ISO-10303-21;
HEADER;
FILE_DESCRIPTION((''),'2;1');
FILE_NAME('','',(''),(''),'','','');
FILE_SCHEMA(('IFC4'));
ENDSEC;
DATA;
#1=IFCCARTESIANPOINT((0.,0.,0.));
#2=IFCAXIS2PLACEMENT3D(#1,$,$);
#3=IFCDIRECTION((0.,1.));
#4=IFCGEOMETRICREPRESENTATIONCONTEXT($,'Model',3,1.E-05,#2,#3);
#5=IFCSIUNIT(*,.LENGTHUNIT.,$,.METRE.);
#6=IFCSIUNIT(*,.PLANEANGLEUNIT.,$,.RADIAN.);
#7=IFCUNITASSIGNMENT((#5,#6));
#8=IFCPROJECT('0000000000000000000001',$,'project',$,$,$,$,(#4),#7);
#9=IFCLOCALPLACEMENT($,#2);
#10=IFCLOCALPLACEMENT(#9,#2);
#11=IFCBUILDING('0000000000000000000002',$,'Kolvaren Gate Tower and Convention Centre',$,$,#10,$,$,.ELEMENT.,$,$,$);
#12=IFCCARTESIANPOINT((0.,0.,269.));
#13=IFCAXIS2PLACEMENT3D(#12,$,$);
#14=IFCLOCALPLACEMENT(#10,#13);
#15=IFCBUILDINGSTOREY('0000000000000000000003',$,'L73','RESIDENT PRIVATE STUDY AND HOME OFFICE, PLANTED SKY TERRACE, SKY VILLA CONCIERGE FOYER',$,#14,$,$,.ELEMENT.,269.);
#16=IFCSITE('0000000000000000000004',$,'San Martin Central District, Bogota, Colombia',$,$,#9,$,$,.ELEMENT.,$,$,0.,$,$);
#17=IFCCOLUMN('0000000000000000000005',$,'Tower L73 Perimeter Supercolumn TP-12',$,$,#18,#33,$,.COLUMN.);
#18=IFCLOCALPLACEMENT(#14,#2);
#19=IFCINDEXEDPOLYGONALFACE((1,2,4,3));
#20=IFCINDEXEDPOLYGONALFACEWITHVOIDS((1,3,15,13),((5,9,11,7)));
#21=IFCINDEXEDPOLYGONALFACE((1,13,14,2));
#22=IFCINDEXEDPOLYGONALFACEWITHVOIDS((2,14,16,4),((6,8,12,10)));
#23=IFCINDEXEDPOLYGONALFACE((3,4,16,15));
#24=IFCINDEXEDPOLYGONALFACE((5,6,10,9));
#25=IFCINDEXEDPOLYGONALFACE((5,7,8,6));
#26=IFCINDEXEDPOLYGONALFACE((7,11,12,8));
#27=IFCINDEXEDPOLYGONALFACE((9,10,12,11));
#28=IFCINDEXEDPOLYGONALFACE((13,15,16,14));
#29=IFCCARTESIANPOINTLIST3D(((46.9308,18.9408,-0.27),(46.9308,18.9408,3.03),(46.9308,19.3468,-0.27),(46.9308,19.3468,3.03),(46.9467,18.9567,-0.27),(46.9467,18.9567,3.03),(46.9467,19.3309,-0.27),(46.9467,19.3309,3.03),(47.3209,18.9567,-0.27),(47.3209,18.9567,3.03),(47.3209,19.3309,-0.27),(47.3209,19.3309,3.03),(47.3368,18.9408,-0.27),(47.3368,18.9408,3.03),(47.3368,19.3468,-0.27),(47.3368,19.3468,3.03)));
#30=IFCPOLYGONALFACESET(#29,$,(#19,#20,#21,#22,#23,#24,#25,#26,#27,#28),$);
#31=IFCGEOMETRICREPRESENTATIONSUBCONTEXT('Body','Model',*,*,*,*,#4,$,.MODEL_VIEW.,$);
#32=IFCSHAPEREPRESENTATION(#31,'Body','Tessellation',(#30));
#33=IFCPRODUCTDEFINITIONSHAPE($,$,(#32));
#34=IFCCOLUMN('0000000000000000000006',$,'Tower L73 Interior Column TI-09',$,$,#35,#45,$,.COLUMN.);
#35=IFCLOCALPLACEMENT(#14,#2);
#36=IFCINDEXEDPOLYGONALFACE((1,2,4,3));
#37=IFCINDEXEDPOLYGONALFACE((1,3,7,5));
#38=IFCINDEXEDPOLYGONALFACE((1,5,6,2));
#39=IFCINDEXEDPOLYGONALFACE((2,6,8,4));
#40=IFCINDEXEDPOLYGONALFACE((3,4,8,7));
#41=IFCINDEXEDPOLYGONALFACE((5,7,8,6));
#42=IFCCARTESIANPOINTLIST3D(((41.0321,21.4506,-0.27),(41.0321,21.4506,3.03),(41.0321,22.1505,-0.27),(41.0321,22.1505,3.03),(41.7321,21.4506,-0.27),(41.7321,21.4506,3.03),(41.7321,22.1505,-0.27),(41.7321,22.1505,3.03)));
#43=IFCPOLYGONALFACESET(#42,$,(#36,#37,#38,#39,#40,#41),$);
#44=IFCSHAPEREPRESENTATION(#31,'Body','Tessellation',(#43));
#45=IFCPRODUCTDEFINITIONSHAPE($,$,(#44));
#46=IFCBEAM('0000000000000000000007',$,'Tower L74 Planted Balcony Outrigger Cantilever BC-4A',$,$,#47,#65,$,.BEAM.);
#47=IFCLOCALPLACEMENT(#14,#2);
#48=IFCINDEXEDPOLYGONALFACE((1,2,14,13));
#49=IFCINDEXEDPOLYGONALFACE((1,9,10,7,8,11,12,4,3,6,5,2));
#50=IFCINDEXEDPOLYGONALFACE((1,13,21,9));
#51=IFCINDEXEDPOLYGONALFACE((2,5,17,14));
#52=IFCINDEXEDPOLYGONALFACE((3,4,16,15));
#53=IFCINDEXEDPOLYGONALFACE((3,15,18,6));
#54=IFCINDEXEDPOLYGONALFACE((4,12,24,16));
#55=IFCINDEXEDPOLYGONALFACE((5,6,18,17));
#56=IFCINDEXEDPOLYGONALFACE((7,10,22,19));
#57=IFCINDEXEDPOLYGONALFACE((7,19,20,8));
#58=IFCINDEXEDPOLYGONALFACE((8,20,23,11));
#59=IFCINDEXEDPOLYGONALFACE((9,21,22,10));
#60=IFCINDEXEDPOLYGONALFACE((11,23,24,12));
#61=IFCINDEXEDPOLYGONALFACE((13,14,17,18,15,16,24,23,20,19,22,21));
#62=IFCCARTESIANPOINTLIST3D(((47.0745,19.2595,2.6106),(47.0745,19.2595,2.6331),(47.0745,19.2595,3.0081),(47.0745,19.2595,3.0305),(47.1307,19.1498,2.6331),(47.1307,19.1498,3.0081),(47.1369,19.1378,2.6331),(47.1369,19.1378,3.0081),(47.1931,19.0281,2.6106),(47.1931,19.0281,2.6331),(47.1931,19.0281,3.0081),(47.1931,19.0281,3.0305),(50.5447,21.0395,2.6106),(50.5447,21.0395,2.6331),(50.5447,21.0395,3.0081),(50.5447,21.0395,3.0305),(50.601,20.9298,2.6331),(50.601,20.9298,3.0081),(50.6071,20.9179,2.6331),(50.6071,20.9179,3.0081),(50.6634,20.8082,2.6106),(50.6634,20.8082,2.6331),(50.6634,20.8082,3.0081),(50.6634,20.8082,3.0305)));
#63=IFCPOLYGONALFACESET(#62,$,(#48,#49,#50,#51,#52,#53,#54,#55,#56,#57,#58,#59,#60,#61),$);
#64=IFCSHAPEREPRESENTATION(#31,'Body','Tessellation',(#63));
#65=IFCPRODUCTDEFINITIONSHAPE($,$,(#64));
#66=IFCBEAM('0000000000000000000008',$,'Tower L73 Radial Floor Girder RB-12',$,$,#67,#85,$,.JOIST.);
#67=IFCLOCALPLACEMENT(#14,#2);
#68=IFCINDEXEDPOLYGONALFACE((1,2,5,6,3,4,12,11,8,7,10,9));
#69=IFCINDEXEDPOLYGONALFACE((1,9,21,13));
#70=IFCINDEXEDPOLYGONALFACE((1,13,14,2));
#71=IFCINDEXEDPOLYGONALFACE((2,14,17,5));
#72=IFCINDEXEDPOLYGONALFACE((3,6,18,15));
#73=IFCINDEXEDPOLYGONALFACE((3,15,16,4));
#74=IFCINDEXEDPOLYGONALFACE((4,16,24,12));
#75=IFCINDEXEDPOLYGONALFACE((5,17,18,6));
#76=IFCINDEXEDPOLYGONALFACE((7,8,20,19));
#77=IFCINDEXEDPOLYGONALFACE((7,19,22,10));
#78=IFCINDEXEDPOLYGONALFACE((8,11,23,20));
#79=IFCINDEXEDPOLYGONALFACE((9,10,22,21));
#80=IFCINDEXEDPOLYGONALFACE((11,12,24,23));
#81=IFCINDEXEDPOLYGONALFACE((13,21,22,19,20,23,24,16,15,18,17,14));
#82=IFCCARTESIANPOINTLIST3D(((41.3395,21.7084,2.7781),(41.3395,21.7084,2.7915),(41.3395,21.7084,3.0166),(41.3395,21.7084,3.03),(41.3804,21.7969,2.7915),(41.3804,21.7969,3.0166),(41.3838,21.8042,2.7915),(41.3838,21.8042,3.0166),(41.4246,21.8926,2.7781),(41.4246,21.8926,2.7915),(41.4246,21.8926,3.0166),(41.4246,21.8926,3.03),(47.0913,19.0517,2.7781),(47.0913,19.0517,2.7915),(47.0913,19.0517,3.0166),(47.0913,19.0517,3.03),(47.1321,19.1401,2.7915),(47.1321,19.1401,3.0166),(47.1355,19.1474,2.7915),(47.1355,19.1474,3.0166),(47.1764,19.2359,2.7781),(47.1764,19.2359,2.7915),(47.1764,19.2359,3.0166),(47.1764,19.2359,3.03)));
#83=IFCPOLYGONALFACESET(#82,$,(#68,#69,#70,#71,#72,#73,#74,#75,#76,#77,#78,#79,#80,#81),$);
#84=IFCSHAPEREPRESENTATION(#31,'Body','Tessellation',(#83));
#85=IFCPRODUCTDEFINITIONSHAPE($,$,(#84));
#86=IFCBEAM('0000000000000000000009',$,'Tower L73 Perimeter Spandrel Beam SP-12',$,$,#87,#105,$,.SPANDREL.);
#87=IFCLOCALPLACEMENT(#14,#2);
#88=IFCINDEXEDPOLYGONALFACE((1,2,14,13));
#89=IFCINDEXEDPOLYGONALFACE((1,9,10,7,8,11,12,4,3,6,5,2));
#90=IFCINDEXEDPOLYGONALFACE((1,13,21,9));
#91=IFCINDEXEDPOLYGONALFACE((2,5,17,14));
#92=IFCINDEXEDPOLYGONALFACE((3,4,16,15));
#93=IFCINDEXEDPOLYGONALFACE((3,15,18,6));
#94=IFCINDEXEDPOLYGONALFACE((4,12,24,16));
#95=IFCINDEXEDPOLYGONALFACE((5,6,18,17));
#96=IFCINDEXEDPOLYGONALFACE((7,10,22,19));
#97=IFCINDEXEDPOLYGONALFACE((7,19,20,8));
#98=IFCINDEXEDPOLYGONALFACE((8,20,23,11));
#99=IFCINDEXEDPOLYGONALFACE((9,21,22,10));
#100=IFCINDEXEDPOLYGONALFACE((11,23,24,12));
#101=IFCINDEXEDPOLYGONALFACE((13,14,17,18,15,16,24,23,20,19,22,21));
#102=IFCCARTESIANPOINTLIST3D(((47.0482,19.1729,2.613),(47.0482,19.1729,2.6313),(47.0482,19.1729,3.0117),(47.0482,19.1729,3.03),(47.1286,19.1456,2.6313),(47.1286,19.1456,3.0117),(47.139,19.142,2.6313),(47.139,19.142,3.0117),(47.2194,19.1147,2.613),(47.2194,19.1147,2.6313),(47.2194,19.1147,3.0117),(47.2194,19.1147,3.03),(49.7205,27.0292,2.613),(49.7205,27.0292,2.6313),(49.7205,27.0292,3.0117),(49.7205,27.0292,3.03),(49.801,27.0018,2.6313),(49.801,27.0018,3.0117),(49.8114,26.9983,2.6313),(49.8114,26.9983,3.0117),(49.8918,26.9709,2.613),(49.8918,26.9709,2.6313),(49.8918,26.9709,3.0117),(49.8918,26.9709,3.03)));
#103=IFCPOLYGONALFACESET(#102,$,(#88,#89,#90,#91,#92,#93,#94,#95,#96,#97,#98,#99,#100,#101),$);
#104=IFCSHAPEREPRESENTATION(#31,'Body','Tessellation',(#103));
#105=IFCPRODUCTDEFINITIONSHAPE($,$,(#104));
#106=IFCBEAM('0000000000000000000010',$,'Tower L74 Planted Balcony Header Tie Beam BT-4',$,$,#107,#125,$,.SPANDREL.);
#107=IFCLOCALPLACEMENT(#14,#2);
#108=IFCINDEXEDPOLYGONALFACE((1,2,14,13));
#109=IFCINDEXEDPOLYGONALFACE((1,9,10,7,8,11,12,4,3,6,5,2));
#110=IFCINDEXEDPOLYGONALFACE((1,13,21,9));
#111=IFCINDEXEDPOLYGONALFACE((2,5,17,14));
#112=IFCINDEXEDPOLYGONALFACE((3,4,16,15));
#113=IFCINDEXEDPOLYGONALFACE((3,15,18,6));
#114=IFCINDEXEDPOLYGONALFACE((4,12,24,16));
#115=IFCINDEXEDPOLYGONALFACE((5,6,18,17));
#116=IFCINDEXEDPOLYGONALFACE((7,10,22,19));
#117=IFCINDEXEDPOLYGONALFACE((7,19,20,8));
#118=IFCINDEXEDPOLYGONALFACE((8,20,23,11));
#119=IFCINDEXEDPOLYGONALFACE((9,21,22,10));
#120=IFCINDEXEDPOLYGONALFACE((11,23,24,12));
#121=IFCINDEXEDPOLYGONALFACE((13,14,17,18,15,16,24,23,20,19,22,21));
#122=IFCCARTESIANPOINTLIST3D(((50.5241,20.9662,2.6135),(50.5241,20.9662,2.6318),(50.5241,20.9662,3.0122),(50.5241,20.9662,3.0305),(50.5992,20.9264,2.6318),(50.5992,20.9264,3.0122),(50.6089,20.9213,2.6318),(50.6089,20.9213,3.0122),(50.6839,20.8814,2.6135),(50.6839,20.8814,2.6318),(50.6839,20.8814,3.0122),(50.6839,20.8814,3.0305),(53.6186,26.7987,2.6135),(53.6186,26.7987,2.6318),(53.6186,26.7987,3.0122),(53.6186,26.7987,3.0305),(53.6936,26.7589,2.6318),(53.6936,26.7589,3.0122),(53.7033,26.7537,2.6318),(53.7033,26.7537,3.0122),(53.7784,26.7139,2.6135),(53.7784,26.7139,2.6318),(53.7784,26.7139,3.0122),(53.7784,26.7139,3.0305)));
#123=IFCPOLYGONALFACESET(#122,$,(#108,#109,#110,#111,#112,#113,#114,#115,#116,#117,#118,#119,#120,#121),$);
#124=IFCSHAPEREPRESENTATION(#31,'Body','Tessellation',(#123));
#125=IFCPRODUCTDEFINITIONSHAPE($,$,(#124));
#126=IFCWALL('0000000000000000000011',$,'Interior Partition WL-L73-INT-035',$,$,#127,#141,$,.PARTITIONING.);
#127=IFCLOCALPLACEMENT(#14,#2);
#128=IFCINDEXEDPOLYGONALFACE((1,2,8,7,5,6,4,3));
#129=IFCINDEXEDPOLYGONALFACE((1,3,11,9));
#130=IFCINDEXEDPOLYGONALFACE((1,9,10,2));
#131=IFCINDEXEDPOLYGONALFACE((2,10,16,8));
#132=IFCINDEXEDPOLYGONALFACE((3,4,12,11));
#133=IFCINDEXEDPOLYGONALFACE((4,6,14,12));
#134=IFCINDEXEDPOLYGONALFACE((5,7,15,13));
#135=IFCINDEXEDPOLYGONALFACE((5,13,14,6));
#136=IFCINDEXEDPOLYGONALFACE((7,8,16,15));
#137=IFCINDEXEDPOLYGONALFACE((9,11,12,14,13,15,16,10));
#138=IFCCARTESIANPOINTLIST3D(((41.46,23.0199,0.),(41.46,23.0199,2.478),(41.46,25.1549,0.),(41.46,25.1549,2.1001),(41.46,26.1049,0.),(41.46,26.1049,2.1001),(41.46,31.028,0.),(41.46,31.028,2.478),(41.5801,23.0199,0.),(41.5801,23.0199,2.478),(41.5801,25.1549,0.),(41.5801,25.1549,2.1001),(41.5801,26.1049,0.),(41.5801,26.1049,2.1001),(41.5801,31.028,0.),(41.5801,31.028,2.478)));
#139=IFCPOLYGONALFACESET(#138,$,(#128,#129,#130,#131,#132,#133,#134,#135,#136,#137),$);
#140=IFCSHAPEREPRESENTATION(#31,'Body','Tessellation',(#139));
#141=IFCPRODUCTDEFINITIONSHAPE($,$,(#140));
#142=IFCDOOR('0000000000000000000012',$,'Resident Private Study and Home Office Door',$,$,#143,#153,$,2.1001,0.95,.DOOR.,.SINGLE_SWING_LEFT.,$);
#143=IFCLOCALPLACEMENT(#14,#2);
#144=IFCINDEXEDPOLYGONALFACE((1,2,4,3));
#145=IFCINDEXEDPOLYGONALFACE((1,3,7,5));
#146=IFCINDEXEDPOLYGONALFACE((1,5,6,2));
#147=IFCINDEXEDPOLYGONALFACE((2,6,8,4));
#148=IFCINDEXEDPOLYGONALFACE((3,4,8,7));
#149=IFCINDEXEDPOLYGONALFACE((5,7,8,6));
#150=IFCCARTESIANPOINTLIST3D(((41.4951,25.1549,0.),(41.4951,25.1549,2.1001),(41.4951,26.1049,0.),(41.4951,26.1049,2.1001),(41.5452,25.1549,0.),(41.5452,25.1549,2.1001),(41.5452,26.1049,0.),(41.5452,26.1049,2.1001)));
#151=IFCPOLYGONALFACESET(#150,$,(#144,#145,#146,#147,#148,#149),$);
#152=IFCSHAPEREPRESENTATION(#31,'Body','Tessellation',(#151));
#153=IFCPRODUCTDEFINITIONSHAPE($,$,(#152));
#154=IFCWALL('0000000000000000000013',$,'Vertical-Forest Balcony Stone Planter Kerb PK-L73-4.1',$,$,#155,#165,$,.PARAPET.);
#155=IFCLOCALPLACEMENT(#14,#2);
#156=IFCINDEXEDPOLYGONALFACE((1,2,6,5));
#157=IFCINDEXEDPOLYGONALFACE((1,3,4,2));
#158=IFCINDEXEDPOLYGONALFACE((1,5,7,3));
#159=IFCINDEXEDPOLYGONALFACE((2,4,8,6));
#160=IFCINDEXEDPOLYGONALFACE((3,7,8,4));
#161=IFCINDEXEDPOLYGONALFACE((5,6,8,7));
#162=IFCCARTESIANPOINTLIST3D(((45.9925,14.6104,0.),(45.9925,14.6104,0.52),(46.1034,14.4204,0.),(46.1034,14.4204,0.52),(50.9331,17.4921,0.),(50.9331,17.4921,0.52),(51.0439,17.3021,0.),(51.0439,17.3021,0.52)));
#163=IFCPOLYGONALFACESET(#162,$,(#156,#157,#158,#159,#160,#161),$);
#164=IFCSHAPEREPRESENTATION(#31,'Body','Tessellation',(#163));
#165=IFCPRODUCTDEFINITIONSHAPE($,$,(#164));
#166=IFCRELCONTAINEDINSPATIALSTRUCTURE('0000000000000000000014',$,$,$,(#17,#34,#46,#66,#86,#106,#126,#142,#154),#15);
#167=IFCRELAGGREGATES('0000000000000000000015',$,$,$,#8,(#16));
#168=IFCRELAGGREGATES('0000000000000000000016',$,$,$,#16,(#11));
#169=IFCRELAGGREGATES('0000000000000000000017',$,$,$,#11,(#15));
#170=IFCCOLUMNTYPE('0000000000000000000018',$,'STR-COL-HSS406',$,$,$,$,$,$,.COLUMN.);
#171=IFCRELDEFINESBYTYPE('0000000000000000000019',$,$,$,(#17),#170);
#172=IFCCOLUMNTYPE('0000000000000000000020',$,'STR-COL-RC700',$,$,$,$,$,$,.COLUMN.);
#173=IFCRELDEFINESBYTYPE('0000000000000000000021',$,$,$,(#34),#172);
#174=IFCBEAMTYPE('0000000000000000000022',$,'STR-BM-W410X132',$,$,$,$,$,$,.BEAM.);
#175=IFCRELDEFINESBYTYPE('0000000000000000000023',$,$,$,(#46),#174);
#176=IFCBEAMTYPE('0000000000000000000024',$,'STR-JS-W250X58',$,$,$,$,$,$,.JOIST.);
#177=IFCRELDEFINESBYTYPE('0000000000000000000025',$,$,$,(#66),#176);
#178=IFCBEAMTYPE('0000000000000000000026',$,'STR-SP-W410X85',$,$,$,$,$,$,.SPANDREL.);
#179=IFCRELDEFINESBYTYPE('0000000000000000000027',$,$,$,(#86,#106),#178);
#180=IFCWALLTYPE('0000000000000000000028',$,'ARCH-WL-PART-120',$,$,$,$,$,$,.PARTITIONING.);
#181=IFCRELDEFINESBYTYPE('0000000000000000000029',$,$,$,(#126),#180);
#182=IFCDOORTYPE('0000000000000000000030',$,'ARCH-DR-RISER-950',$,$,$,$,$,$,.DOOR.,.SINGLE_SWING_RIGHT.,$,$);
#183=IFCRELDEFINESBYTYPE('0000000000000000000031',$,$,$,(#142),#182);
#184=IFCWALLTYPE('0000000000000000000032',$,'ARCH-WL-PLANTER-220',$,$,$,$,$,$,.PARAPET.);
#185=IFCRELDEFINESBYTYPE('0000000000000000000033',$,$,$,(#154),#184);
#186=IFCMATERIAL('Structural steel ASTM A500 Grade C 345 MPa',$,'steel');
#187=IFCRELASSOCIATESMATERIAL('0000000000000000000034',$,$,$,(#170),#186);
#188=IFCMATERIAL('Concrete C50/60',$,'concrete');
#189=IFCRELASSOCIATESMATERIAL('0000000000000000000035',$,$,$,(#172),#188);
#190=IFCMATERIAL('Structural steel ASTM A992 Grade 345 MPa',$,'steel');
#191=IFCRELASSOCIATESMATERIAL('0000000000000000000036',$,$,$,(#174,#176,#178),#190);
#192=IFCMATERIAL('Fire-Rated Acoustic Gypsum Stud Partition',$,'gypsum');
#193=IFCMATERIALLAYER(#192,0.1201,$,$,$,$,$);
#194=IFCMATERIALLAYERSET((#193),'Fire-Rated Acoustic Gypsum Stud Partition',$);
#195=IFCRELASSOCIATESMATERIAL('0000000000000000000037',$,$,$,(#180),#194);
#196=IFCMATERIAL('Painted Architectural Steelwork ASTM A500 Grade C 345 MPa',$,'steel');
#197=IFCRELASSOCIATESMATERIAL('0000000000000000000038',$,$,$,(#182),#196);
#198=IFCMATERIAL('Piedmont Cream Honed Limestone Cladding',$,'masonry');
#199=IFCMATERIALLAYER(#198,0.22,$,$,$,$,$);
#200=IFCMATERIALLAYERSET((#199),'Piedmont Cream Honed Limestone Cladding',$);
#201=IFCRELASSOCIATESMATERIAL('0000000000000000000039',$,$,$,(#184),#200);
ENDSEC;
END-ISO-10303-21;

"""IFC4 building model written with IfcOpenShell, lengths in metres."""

from ifc_helpers import new_model, si_unit, direction, frame, frame_2d, origin, origin_2d, place, context, subcontext, project, spatial, rectangle, hollow_rectangle, i_section, extrude, material, layer, layer_set, material_profile, profile_set, type_object, element, fill, save


model = new_model("IFC4")

# Units and contexts
model_context = context("Model", 3, precision=1e-05, world=origin(), true_north=direction((0.0, 1.0)))
body_context = subcontext(model_context, "Body", "Model", "MODEL_VIEW")
ifc_project = project(units=[si_unit("LENGTHUNIT", "METRE"), si_unit("PLANEANGLEUNIT", "RADIAN")], contexts=[model_context])

# Site, building, storey
site_placement = place(None, origin())
site = spatial("IfcSite", under=ifc_project, at=site_placement, Name="San Martin Central District, Bogota, Colombia", CompositionType="ELEMENT", RefElevation=0.0)
building_placement = place(site_placement, origin())
building = spatial("IfcBuilding", under=site, at=building_placement, Name="Kolvaren Gate Tower and Convention Centre", CompositionType="ELEMENT")
storey_placement = place(building_placement, frame((0.0, 0.0, 269.0)))
storey = spatial("IfcBuildingStorey", under=building, at=storey_placement, Name="L73", Description="RESIDENT PRIVATE STUDY AND HOME OFFICE, PLANTED SKY TERRACE, SKY VILLA CONCIERGE FOYER", CompositionType="ELEMENT", Elevation=269.0)

# Columns
ifc_material_1 = material(Name="Structural steel ASTM A500 Grade C 345 MPa", Category="steel")
ifc_material_profile_1 = material_profile(ifc_material_1, hollow_rectangle(XDim=0.406, YDim=0.406, WallThickness=0.0159, at=origin_2d()), Name="HSS406X406X15.9")
ifc_profile_set_1 = profile_set([ifc_material_profile_1], Name="Structural steel ASTM A500 Grade C 345 MPa")
column_type_1 = type_object("IfcColumnType", Name="STR-COL-HSS406", PredefinedType="COLUMN", material=ifc_profile_set_1)
column_1_placement = place(storey_placement, frame((47.1338, 19.1438, -0.27), z_axis=(0.0, 0.0, 1.0), x_axis=(1.0, 0.0, 0.0)))
element("IfcColumn", 1, at=column_1_placement, inside=storey, type_object=column_type_1, Name="Tower L73 Perimeter Supercolumn TP-12", PredefinedType="COLUMN", context=body_context, shape_type="SweptSolid", body=[
    extrude(hollow_rectangle(XDim=0.406, YDim=0.406, WallThickness=0.0159, at=origin_2d()), origin(), (0.0, 0.0, 1.0), 3.3),
])
ifc_material_2 = material(Name="Concrete C50/60", Category="concrete")
ifc_material_profile_2 = material_profile(ifc_material_2, rectangle(XDim=0.7, YDim=0.7, at=origin_2d()), Name="RC-COL-700X700")
ifc_profile_set_2 = profile_set([ifc_material_profile_2], Name="Concrete C50/60")
column_type_2 = type_object("IfcColumnType", Name="STR-COL-RC700", PredefinedType="COLUMN", material=ifc_profile_set_2)
column_2_placement = place(storey_placement, frame((41.3821, 21.8005, -0.27), z_axis=(0.0, 0.0, 1.0), x_axis=(1.0, 0.0, 0.0)))
element("IfcColumn", 2, at=column_2_placement, inside=storey, type_object=column_type_2, Name="Tower L73 Interior Column TI-09", PredefinedType="COLUMN", context=body_context, shape_type="SweptSolid", body=[
    extrude(rectangle(XDim=0.7, YDim=0.7, at=origin_2d()), origin(), (0.0, 0.0, 1.0), 3.3),
])

# Beams
ifc_material_3 = material(Name="Structural steel ASTM A992 Grade 345 MPa", Category="steel")
ifc_material_profile_3 = material_profile(ifc_material_3, i_section(OverallWidth=0.26, OverallDepth=0.4199, WebThickness=0.0134, FlangeThickness=0.0225, at=origin_2d()), Name="W410X132")
ifc_profile_set_3 = profile_set([ifc_material_profile_3], Name="Structural steel ASTM A992 Grade 345 MPa")
beam_type_1 = type_object("IfcBeamType", Name="STR-BM-W410X132", PredefinedType="BEAM", material=ifc_profile_set_3)
beam_1_placement = place(storey_placement, frame((47.1338, 19.1438, 2.8206), z_axis=(0.889772, 0.456404, 0.0), x_axis=(-0.456404, 0.889772, 0.0)))
element("IfcBeam", 3, at=beam_1_placement, inside=storey, type_object=beam_type_1, Name="Tower L74 Planted Balcony Outrigger Cantilever BC-4A", PredefinedType="BEAM", context=body_context, shape_type="SweptSolid", body=[
    extrude(i_section(OverallWidth=0.26, OverallDepth=0.4199, WebThickness=0.0134, FlangeThickness=0.0225, at=origin_2d()), origin(), (0.0, 0.0, 1.0), 3.9001),
])
ifc_material_profile_4 = material_profile(ifc_material_3, i_section(OverallWidth=0.2029, OverallDepth=0.252, WebThickness=0.0081, FlangeThickness=0.0134, at=origin_2d()), Name="W250X58")
ifc_profile_set_4 = profile_set([ifc_material_profile_4], Name="Structural steel ASTM A992 Grade 345 MPa")
beam_type_2 = type_object("IfcBeamType", Name="STR-JS-W250X58", PredefinedType="JOIST", material=ifc_profile_set_4)
beam_2_placement = place(storey_placement, frame((41.3821, 21.8005, 2.9041), z_axis=(0.907833, -0.419332, 0.0), x_axis=(0.419332, 0.907833, 0.0)))
element("IfcBeam", 4, at=beam_2_placement, inside=storey, type_object=beam_type_2, Name="Tower L73 Radial Floor Girder RB-12", PredefinedType="JOIST", context=body_context, shape_type="SweptSolid", body=[
    extrude(i_section(OverallWidth=0.2029, OverallDepth=0.252, WebThickness=0.0081, FlangeThickness=0.0134, at=origin_2d()), origin(), (0.0, 0.0, 1.0), 6.3357),
])
ifc_material_profile_5 = material_profile(ifc_material_3, i_section(OverallWidth=0.1809, OverallDepth=0.417, WebThickness=0.011, FlangeThickness=0.0183, at=origin_2d()), Name="W410X85")
ifc_profile_set_5 = profile_set([ifc_material_profile_5], Name="Structural steel ASTM A992 Grade 345 MPa")
beam_type_3 = type_object("IfcBeamType", Name="STR-SP-W410X85", PredefinedType="SPANDREL", material=ifc_profile_set_5)
beam_3_placement = place(storey_placement, frame((47.1338, 19.1438, 2.8215), z_axis=(0.322038, 0.946727, 0.0), x_axis=(-0.946727, 0.322038, 0.0)))
element("IfcBeam", 5, at=beam_3_placement, inside=storey, type_object=beam_type_3, Name="Tower L73 Perimeter Spandrel Beam SP-12", PredefinedType="SPANDREL", context=body_context, shape_type="SweptSolid", body=[
    extrude(i_section(OverallWidth=0.1809, OverallDepth=0.417, WebThickness=0.011, FlangeThickness=0.0183, at=origin_2d()), origin(), (0.0, 0.0, 1.0), 8.2983),
])
beam_4_placement = place(storey_placement, frame((50.604, 20.9238, 2.822), z_axis=(0.468678, 0.883369, 0.0), x_axis=(-0.883369, 0.468678, 0.0)))
element("IfcBeam", 6, at=beam_4_placement, inside=storey, type_object=beam_type_3, Name="Tower L74 Planted Balcony Header Tie Beam BT-4", PredefinedType="SPANDREL", context=body_context, shape_type="SweptSolid", body=[
    extrude(i_section(OverallWidth=0.1809, OverallDepth=0.417, WebThickness=0.011, FlangeThickness=0.0183, at=origin_2d()), origin(), (0.0, 0.0, 1.0), 6.6025),
])

# Wall, opening, door
ifc_material_4 = material(Name="Fire-Rated Acoustic Gypsum Stud Partition", Category="gypsum")
ifc_layer_1 = layer(ifc_material_4, 0.1201)
ifc_layer_set_1 = layer_set([ifc_layer_1], Name="Fire-Rated Acoustic Gypsum Stud Partition")
wall_type_1 = type_object("IfcWallType", Name="ARCH-WL-PART-120", PredefinedType="PARTITIONING", material=ifc_layer_set_1)
wall_1_placement = place(storey_placement, frame((41.52, 23.02, 0.0), z_axis=(0.0, 0.0, 1.0), x_axis=(0.0, 1.0, 0.0)))
wall_1 = element("IfcWall", 7, at=wall_1_placement, inside=storey, type_object=wall_type_1, Name="Interior Partition WL-L73-INT-035", PredefinedType="PARTITIONING", context=body_context, shape_type="SweptSolid", body=[
    extrude(rectangle(XDim=8.0081, YDim=0.1201, at=frame_2d((4.0039, 0.0))), origin(), (0.0, 0.0, 1.0), 2.478),
])
opening_1_placement = place(wall_1_placement, frame((2.1348, 0.0, 0.0)))
opening_1 = element("IfcOpeningElement", 8, at=opening_1_placement, cuts=wall_1, PredefinedType="OPENING", context=body_context, shape_type="SweptSolid", body=[
    extrude(rectangle(XDim=0.95, YDim=2.1001, at=frame_2d((0.4751, 1.05))), frame((0.0, 0.0701, 0.0), z_axis=(0.0, -1.0, 0.0), x_axis=(1.0, 0.0, 0.0)), (0.0, 0.0, 1.0), 0.1401),
])
ifc_material_5 = material(Name="Painted Architectural Steelwork ASTM A500 Grade C 345 MPa", Category="steel")
door_type_1 = type_object("IfcDoorType", Name="ARCH-DR-RISER-950", OperationType="SINGLE_SWING_RIGHT", PredefinedType="DOOR", material=ifc_material_5)
door_1_placement = place(opening_1_placement, origin())
door_1 = element("IfcDoor", 9, at=door_1_placement, inside=storey, type_object=door_type_1, Name="Resident Private Study and Home Office Door", OperationType="SINGLE_SWING_LEFT", OverallHeight=2.1001, OverallWidth=0.95, PredefinedType="DOOR", context=body_context, shape_type="SweptSolid", body=[
    extrude(rectangle(XDim=0.95, YDim=2.1001, at=frame_2d((0.4751, 1.05))), frame((0.0, 0.0249, 0.0), z_axis=(0.0, -1.0, 0.0), x_axis=(1.0, 0.0, 0.0)), (0.0, 0.0, 1.0), 0.05),
])
fill(opening_1, door_1)

# Wall
ifc_material_6 = material(Name="Piedmont Cream Honed Limestone Cladding", Category="masonry")
ifc_layer_2 = layer(ifc_material_6, 0.22)
ifc_layer_set_2 = layer_set([ifc_layer_2], Name="Piedmont Cream Honed Limestone Cladding")
wall_type_2 = type_object("IfcWallType", Name="ARCH-WL-PLANTER-220", PredefinedType="PARAPET", material=ifc_layer_set_2)
wall_2_placement = place(storey_placement, frame((46.0479, 14.5154, 0.0), z_axis=(0.0, 0.0, 1.0), x_axis=(0.863804, 0.503829, 0.0)))
element("IfcWall", 10, at=wall_2_placement, inside=storey, type_object=wall_type_2, Name="Vertical-Forest Balcony Stone Planter Kerb PK-L73-4.1", PredefinedType="PARAPET", context=body_context, shape_type="SweptSolid", body=[
    extrude(rectangle(XDim=5.7195, YDim=0.22, at=frame_2d((2.8599, 0.0))), origin(), (0.0, 0.0, 1.0), 0.52),
])

save(model, "model.ifc")
